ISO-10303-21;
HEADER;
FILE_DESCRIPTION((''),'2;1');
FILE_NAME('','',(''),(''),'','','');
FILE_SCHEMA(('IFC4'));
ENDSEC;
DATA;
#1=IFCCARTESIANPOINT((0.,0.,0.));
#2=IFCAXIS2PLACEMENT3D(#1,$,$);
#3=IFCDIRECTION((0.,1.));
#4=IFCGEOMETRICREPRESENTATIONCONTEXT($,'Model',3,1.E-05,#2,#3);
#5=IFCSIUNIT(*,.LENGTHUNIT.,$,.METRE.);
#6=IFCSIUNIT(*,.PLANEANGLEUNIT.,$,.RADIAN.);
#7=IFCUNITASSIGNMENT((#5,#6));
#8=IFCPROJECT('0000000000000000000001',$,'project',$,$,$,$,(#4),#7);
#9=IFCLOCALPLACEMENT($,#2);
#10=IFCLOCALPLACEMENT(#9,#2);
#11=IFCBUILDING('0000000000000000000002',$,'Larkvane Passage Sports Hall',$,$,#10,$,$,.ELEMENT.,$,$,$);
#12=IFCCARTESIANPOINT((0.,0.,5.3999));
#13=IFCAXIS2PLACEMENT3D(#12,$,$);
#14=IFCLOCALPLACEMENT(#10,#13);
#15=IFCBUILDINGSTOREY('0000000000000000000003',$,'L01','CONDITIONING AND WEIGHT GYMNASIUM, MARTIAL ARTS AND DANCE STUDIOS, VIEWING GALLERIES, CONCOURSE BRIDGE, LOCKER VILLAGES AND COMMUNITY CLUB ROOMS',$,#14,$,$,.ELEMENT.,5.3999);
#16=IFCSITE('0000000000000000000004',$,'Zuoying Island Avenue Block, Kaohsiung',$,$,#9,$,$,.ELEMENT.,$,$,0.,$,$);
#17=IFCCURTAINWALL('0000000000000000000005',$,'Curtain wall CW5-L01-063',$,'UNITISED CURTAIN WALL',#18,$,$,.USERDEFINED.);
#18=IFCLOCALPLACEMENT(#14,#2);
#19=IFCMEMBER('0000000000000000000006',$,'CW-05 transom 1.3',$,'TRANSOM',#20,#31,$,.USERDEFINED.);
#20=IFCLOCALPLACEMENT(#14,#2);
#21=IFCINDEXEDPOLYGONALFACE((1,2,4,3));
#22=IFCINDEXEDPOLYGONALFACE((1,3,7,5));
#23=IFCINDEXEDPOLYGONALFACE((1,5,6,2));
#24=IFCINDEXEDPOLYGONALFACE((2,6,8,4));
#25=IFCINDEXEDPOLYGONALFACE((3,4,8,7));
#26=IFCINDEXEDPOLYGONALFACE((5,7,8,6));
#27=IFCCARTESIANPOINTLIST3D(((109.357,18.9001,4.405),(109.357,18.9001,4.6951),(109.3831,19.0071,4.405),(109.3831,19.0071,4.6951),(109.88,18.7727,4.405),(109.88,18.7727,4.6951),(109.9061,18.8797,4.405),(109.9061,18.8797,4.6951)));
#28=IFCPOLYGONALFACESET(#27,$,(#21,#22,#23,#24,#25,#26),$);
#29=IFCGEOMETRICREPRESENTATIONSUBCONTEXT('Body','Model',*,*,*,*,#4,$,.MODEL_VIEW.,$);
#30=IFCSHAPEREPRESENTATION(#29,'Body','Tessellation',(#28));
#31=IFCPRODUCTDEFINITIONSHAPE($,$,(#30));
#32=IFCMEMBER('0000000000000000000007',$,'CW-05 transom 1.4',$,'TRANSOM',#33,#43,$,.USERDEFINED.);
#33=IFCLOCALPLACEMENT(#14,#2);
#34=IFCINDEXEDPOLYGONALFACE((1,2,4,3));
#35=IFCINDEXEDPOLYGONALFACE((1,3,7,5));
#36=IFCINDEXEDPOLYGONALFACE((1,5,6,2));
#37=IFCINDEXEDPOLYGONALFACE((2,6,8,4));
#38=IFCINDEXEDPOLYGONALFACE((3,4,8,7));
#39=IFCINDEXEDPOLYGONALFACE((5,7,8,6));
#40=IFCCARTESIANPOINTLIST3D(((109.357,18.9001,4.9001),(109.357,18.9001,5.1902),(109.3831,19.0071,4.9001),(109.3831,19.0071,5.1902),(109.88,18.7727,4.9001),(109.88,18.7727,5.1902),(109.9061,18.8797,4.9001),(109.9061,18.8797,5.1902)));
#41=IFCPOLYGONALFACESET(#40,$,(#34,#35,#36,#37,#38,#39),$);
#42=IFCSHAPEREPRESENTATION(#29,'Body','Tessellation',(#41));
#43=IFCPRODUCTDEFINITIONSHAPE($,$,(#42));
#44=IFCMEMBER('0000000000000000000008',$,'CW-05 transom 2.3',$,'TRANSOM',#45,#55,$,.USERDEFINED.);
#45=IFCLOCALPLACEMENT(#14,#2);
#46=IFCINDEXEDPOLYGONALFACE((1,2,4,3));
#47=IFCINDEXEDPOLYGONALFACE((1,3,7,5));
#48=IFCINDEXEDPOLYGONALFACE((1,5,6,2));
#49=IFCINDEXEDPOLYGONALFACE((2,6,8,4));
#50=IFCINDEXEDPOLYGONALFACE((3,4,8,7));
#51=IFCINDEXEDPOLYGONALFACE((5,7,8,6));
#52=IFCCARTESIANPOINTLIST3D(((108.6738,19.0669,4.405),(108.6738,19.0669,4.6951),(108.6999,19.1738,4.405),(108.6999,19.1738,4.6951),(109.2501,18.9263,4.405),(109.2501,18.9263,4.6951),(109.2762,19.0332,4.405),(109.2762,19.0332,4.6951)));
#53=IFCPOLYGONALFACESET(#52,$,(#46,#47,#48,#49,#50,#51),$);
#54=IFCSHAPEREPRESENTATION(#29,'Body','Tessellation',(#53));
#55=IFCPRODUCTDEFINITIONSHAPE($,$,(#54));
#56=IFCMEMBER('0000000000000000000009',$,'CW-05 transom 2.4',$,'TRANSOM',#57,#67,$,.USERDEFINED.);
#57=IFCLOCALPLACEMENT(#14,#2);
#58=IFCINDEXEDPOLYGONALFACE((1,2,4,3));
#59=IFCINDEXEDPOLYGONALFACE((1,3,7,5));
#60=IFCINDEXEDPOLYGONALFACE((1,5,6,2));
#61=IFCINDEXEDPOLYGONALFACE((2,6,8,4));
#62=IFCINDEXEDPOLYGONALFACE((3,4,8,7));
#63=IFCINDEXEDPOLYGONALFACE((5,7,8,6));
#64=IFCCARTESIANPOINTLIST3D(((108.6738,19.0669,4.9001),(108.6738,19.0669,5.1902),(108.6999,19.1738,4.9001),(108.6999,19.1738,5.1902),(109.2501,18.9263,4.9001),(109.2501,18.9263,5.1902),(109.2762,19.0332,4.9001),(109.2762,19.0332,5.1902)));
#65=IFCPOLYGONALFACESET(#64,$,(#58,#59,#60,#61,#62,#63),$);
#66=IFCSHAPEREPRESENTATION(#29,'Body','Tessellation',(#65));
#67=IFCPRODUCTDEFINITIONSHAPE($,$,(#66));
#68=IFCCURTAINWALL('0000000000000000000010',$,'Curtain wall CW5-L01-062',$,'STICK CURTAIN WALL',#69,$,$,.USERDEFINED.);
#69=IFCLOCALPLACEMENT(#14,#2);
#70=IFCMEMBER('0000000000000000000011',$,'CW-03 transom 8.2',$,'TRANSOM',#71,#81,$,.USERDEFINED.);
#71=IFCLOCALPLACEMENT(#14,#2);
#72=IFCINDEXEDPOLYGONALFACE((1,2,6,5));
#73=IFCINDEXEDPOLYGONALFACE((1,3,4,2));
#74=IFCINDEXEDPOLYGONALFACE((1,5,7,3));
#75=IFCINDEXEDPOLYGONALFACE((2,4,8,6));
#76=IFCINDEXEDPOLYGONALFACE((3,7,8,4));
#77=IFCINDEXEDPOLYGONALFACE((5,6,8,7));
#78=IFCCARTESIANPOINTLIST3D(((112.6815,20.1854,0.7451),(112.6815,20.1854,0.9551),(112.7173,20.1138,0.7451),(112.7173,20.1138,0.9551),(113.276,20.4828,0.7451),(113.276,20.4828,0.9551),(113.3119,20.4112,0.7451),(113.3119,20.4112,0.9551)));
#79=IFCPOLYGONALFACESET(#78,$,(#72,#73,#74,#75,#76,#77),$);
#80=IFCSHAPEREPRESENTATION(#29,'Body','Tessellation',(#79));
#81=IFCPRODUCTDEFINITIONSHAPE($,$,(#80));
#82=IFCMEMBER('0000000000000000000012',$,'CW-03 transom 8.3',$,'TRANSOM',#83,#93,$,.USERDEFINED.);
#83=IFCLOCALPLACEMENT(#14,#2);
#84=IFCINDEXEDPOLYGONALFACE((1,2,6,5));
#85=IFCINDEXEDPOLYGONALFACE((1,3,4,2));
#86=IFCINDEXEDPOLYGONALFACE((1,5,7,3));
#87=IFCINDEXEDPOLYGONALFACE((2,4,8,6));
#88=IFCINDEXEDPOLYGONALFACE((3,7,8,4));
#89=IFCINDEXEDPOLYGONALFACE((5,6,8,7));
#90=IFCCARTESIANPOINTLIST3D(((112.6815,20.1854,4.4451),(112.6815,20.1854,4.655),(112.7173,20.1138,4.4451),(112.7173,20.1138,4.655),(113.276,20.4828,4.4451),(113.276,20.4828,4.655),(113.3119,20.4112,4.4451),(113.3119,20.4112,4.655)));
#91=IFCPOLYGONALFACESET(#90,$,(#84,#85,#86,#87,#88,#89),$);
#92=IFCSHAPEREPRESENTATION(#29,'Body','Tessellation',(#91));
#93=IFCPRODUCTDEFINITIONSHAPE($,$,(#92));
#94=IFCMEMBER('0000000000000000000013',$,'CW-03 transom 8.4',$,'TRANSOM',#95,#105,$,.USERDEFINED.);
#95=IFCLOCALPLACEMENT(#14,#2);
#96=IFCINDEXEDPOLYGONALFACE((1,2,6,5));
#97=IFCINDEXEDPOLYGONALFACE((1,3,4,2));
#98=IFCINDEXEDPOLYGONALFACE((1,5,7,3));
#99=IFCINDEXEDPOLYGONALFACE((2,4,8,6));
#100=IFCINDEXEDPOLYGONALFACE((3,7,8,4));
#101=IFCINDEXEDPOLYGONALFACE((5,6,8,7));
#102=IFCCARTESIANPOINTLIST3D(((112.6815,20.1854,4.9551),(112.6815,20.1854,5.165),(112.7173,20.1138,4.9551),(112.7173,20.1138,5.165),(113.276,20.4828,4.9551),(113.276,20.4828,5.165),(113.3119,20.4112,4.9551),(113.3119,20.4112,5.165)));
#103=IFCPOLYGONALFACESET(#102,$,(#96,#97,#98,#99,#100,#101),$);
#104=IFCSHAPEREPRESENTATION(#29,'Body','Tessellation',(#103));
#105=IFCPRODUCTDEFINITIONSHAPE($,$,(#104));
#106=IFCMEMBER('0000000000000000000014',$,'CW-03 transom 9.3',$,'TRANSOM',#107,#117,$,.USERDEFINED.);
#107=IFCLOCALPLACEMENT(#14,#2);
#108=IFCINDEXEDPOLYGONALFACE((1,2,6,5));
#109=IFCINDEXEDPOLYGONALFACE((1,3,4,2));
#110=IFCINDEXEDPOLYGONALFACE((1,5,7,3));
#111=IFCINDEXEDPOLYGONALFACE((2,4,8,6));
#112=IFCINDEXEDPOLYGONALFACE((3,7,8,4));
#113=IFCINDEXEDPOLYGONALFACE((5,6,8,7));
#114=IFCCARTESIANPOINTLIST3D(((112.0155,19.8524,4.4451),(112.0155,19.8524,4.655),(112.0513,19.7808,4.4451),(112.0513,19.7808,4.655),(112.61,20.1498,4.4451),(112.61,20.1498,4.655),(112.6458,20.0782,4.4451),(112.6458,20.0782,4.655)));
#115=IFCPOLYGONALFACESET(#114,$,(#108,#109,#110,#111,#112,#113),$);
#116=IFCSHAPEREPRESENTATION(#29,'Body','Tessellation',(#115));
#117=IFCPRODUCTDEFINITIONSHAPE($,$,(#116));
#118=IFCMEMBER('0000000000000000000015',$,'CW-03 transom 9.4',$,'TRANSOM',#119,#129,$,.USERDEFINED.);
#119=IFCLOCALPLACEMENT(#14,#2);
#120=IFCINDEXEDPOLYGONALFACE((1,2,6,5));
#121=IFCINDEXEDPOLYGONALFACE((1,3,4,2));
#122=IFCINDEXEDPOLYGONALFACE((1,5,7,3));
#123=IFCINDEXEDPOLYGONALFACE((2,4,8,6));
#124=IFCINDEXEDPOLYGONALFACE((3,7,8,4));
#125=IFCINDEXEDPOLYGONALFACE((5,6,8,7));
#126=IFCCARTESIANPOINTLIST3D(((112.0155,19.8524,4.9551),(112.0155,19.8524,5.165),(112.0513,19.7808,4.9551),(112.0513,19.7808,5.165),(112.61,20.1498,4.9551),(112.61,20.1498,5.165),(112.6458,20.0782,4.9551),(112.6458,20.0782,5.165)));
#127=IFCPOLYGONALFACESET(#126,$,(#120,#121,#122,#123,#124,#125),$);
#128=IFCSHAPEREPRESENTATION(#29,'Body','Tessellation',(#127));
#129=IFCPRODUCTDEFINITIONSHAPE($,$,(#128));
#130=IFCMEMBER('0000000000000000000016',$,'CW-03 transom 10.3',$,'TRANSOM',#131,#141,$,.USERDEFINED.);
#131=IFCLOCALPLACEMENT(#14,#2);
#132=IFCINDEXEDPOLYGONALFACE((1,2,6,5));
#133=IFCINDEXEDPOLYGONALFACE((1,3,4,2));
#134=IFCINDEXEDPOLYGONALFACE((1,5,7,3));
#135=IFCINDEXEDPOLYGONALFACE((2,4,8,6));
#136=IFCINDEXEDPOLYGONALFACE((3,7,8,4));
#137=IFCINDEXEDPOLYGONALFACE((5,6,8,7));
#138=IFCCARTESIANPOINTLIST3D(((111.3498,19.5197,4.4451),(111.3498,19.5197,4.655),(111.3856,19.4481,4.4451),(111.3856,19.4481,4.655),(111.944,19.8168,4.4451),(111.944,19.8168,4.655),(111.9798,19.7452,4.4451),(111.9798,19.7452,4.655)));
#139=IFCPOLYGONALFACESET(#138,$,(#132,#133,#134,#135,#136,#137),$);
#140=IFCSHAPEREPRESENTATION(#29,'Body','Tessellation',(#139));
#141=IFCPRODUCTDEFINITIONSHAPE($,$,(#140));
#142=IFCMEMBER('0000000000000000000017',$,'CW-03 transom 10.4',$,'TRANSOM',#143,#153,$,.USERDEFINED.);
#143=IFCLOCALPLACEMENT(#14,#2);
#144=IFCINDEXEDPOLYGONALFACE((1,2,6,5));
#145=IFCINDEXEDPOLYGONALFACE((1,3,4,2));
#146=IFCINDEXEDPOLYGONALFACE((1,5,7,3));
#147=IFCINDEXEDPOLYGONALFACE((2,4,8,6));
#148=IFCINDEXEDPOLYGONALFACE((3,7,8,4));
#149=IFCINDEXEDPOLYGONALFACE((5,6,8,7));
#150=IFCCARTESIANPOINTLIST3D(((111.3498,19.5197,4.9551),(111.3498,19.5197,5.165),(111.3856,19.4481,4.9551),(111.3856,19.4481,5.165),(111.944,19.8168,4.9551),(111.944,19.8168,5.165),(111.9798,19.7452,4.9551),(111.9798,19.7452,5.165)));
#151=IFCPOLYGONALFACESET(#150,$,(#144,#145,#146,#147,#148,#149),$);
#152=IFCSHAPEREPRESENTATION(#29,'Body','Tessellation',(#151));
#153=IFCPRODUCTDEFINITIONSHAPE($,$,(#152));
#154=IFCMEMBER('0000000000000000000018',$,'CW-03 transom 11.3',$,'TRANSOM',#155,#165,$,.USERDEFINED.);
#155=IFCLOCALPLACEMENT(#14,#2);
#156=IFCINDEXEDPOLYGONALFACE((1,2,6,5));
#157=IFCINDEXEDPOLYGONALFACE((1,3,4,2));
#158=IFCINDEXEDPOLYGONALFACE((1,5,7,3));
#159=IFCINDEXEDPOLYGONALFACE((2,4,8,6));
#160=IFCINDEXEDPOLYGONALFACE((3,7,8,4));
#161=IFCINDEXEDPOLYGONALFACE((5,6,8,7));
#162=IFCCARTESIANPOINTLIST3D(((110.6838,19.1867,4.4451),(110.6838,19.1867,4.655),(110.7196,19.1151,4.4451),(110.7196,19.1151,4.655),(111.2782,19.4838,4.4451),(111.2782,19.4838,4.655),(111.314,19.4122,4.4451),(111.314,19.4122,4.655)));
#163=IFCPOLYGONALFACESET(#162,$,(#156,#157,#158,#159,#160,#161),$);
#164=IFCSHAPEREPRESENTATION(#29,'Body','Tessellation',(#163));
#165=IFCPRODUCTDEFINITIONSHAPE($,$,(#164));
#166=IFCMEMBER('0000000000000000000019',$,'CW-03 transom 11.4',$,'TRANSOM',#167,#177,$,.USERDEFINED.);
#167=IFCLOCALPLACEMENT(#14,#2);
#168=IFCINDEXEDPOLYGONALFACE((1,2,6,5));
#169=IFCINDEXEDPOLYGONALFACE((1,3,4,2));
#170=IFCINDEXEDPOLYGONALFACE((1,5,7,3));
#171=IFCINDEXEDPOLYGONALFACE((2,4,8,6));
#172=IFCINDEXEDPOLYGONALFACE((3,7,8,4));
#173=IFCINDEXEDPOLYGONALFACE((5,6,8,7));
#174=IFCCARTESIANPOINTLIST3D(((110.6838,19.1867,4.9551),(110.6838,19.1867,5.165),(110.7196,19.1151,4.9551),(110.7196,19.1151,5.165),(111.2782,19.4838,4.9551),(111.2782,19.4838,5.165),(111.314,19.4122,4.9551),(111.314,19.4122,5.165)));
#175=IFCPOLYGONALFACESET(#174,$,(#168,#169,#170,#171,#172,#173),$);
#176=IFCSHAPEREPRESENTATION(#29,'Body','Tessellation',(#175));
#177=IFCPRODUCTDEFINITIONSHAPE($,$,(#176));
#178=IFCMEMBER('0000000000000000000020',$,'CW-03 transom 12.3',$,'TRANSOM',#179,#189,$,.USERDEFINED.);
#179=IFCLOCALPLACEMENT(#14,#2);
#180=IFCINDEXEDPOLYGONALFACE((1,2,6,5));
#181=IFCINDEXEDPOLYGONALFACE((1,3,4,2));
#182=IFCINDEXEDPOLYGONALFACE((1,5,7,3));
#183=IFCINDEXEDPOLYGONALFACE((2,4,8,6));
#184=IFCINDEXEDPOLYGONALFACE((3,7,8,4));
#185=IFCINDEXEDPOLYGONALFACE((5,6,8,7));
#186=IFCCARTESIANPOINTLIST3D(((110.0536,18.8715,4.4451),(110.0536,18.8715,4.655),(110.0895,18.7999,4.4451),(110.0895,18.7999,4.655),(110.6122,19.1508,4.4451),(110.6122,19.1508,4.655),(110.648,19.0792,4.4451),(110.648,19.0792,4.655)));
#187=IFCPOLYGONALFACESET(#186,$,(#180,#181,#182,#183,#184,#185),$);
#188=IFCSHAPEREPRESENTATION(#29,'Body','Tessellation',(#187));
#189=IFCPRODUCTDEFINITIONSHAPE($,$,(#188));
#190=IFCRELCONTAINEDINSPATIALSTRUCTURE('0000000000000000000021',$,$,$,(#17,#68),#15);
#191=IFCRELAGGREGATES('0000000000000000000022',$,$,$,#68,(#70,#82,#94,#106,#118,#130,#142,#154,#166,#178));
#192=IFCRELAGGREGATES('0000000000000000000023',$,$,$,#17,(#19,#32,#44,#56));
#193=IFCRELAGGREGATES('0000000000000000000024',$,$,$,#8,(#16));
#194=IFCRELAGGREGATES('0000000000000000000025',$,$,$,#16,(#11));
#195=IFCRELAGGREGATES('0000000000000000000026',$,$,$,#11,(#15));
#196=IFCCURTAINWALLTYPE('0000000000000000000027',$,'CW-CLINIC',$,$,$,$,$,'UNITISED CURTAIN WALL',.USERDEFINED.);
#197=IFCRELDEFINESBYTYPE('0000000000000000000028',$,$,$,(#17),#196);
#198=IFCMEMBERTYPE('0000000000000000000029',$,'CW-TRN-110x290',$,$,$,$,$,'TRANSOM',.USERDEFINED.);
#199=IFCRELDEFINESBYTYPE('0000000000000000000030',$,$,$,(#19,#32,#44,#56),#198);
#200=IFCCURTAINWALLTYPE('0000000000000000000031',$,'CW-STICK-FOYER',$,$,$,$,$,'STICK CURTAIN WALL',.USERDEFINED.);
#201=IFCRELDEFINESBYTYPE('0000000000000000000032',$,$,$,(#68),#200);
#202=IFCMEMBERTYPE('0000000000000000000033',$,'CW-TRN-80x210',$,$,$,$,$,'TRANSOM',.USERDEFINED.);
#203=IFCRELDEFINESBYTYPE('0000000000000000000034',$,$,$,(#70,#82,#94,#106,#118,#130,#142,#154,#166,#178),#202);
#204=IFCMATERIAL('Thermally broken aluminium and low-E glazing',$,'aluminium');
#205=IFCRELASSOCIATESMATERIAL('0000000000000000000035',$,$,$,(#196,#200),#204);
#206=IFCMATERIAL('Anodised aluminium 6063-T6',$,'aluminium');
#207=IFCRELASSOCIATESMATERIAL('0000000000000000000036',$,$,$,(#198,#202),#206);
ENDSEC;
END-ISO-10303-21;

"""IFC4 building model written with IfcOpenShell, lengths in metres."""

from ifc_helpers import new_model, si_unit, direction, frame, origin, origin_2d, place, context, subcontext, project, spatial, rectangle, extrude, material, material_profile, profile_set, type_object, element, aggregate, save


model = new_model("IFC4")

# Units and contexts
model_context = context("Model", 3, precision=1e-05, world=origin(), true_north=direction((0.0, 1.0)))
body_context = subcontext(model_context, "Body", "Model", "MODEL_VIEW")
ifc_project = project(units=[si_unit("LENGTHUNIT", "METRE"), si_unit("PLANEANGLEUNIT", "RADIAN")], contexts=[model_context])

# Site, building, storey
site_placement = place(None, origin())
site = spatial("IfcSite", under=ifc_project, at=site_placement, Name="Zuoying Island Avenue Block, Kaohsiung", CompositionType="ELEMENT", RefElevation=0.0)
building_placement = place(site_placement, origin())
building = spatial("IfcBuilding", under=site, at=building_placement, Name="Larkvane Passage Sports Hall", CompositionType="ELEMENT")
storey_placement = place(building_placement, frame((0.0, 0.0, 5.3999)))
storey = spatial("IfcBuildingStorey", under=building, at=storey_placement, Name="L01", Description="CONDITIONING AND WEIGHT GYMNASIUM, MARTIAL ARTS AND DANCE STUDIOS, VIEWING GALLERIES, CONCOURSE BRIDGE, LOCKER VILLAGES AND COMMUNITY CLUB ROOMS", CompositionType="ELEMENT", Elevation=5.3999)

# Curtain wall, members
ifc_material_1 = material(Name="Thermally broken aluminium and low-E glazing", Category="aluminium")
curtain_wall_type_1 = type_object("IfcCurtainWallType", Name="CW-CLINIC", ElementType="UNITISED CURTAIN WALL", PredefinedType="USERDEFINED", material=ifc_material_1)
curtain_wall_1_placement = place(storey_placement, origin())
curtain_wall_1 = element("IfcCurtainWall", 1, at=curtain_wall_1_placement, inside=storey, type_object=curtain_wall_type_1, Name="Curtain wall CW5-L01-063", ObjectType="UNITISED CURTAIN WALL", PredefinedType="USERDEFINED")
ifc_material_2 = material(Name="Anodised aluminium 6063-T6", Category="aluminium")
ifc_material_profile_1 = material_profile(ifc_material_2, rectangle(XDim=0.1101, YDim=0.29, at=origin_2d()), Name="ALU-TRN-110x290")
ifc_profile_set_1 = profile_set([ifc_material_profile_1], Name="Anodised aluminium 6063-T6")
member_type_1 = type_object("IfcMemberType", Name="CW-TRN-110x290", ElementType="TRANSOM", PredefinedType="USERDEFINED", material=ifc_profile_set_1)
member_1_placement = place(storey_placement, frame((109.8931, 18.8262, 4.55), z_axis=(-0.971566, 0.236768, 0.0), x_axis=(-0.236768, -0.971566, 0.0)))
member_1 = element("IfcMember", 2, at=member_1_placement, type_object=member_type_1, Name="CW-05 transom 1.3", ObjectType="TRANSOM", PredefinedType="USERDEFINED", context=body_context, shape_type="SweptSolid", body=[
    extrude(rectangle(XDim=0.1101, YDim=0.29, at=origin_2d()), origin(), (0.0, 0.0, 1.0), 0.5383),
])
member_2_placement = place(storey_placement, frame((109.8931, 18.8262, 5.0452), z_axis=(-0.971566, 0.236768, 0.0), x_axis=(-0.236768, -0.971566, 0.0)))
member_2 = element("IfcMember", 3, at=member_2_placement, type_object=member_type_1, Name="CW-05 transom 1.4", ObjectType="TRANSOM", PredefinedType="USERDEFINED", context=body_context, shape_type="SweptSolid", body=[
    extrude(rectangle(XDim=0.1101, YDim=0.29, at=origin_2d()), origin(), (0.0, 0.0, 1.0), 0.5383),
])
member_3_placement = place(storey_placement, frame((109.2632, 18.9797, 4.55), z_axis=(-0.971506, 0.237013, 0.0), x_axis=(-0.237013, -0.971506, 0.0)))
member_3 = element("IfcMember", 4, at=member_3_placement, type_object=member_type_1, Name="CW-05 transom 2.3", ObjectType="TRANSOM", PredefinedType="USERDEFINED", context=body_context, shape_type="SweptSolid", body=[
    extrude(rectangle(XDim=0.1101, YDim=0.29, at=origin_2d()), origin(), (0.0, 0.0, 1.0), 0.5933),
])
member_4_placement = place(storey_placement, frame((109.2632, 18.9797, 5.0452), z_axis=(-0.971506, 0.237013, 0.0), x_axis=(-0.237013, -0.971506, 0.0)))
member_4 = element("IfcMember", 5, at=member_4_placement, type_object=member_type_1, Name="CW-05 transom 2.4", ObjectType="TRANSOM", PredefinedType="USERDEFINED", context=body_context, shape_type="SweptSolid", body=[
    extrude(rectangle(XDim=0.1101, YDim=0.29, at=origin_2d()), origin(), (0.0, 0.0, 1.0), 0.5933),
])

# Curtain wall, members
curtain_wall_type_2 = type_object("IfcCurtainWallType", Name="CW-STICK-FOYER", ElementType="STICK CURTAIN WALL", PredefinedType="USERDEFINED", material=ifc_material_1)
curtain_wall_2_placement = place(storey_placement, origin())
curtain_wall_2 = element("IfcCurtainWall", 6, at=curtain_wall_2_placement, inside=storey, type_object=curtain_wall_type_2, Name="Curtain wall CW5-L01-062", ObjectType="STICK CURTAIN WALL", PredefinedType="USERDEFINED")
ifc_material_profile_2 = material_profile(ifc_material_2, rectangle(XDim=0.0801, YDim=0.21, at=origin_2d()), Name="ALU-TRN-80x210")
ifc_profile_set_2 = profile_set([ifc_material_profile_2], Name="Anodised aluminium 6063-T6")
member_type_2 = type_object("IfcMemberType", Name="CW-TRN-80x210", ElementType="TRANSOM", PredefinedType="USERDEFINED", material=ifc_profile_set_2)
member_5_placement = place(storey_placement, frame((113.2939, 20.447, 0.8501), z_axis=(-0.894354, -0.447361, 0.0), x_axis=(0.447361, -0.894354, 0.0)))
member_5 = element("IfcMember", 7, at=member_5_placement, type_object=member_type_2, Name="CW-03 transom 8.2", ObjectType="TRANSOM", PredefinedType="USERDEFINED", context=body_context, shape_type="SweptSolid", body=[
    extrude(rectangle(XDim=0.0801, YDim=0.21, at=origin_2d()), origin(), (0.0, 0.0, 1.0), 0.6648),
])
member_6_placement = place(storey_placement, frame((113.2939, 20.447, 4.55), z_axis=(-0.894354, -0.447361, 0.0), x_axis=(0.447361, -0.894354, 0.0)))
member_6 = element("IfcMember", 8, at=member_6_placement, type_object=member_type_2, Name="CW-03 transom 8.3", ObjectType="TRANSOM", PredefinedType="USERDEFINED", context=body_context, shape_type="SweptSolid", body=[
    extrude(rectangle(XDim=0.0801, YDim=0.21, at=origin_2d()), origin(), (0.0, 0.0, 1.0), 0.6648),
])
member_7_placement = place(storey_placement, frame((113.2939, 20.447, 5.0601), z_axis=(-0.894354, -0.447361, 0.0), x_axis=(0.447361, -0.894354, 0.0)))
member_7 = element("IfcMember", 9, at=member_7_placement, type_object=member_type_2, Name="CW-03 transom 8.4", ObjectType="TRANSOM", PredefinedType="USERDEFINED", context=body_context, shape_type="SweptSolid", body=[
    extrude(rectangle(XDim=0.0801, YDim=0.21, at=origin_2d()), origin(), (0.0, 0.0, 1.0), 0.6648),
])
member_8_placement = place(storey_placement, frame((112.6279, 20.114, 4.55), z_axis=(-0.894354, -0.447361, 0.0), x_axis=(0.447361, -0.894354, 0.0)))
member_8 = element("IfcMember", 10, at=member_8_placement, type_object=member_type_2, Name="CW-03 transom 9.3", ObjectType="TRANSOM", PredefinedType="USERDEFINED", context=body_context, shape_type="SweptSolid", body=[
    extrude(rectangle(XDim=0.0801, YDim=0.21, at=origin_2d()), origin(), (0.0, 0.0, 1.0), 0.6648),
])
member_9_placement = place(storey_placement, frame((112.6279, 20.114, 5.0601), z_axis=(-0.894354, -0.447361, 0.0), x_axis=(0.447361, -0.894354, 0.0)))
member_9 = element("IfcMember", 11, at=member_9_placement, type_object=member_type_2, Name="CW-03 transom 9.4", ObjectType="TRANSOM", PredefinedType="USERDEFINED", context=body_context, shape_type="SweptSolid", body=[
    extrude(rectangle(XDim=0.0801, YDim=0.21, at=origin_2d()), origin(), (0.0, 0.0, 1.0), 0.6648),
])
member_10_placement = place(storey_placement, frame((111.9619, 19.781, 4.55), z_axis=(-0.894427, -0.447214, 0.0), x_axis=(0.447214, -0.894427, 0.0)))
member_10 = element("IfcMember", 12, at=member_10_placement, type_object=member_type_2, Name="CW-03 transom 10.3", ObjectType="TRANSOM", PredefinedType="USERDEFINED", context=body_context, shape_type="SweptSolid", body=[
    extrude(rectangle(XDim=0.0801, YDim=0.21, at=origin_2d()), origin(), (0.0, 0.0, 1.0), 0.6643),
])
member_11_placement = place(storey_placement, frame((111.9619, 19.781, 5.0601), z_axis=(-0.894427, -0.447214, 0.0), x_axis=(0.447214, -0.894427, 0.0)))
member_11 = element("IfcMember", 13, at=member_11_placement, type_object=member_type_2, Name="CW-03 transom 10.4", ObjectType="TRANSOM", PredefinedType="USERDEFINED", context=body_context, shape_type="SweptSolid", body=[
    extrude(rectangle(XDim=0.0801, YDim=0.21, at=origin_2d()), origin(), (0.0, 0.0, 1.0), 0.6643),
])
member_12_placement = place(storey_placement, frame((111.2961, 19.448, 4.55), z_axis=(-0.894501, -0.447067, 0.0), x_axis=(0.447067, -0.894501, 0.0)))
member_12 = element("IfcMember", 14, at=member_12_placement, type_object=member_type_2, Name="CW-03 transom 11.3", ObjectType="TRANSOM", PredefinedType="USERDEFINED", context=body_context, shape_type="SweptSolid", body=[
    extrude(rectangle(XDim=0.0801, YDim=0.21, at=origin_2d()), origin(), (0.0, 0.0, 1.0), 0.6646),
])
member_13_placement = place(storey_placement, frame((111.2961, 19.448, 5.0601), z_axis=(-0.894501, -0.447067, 0.0), x_axis=(0.447067, -0.894501, 0.0)))
member_13 = element("IfcMember", 15, at=member_13_placement, type_object=member_type_2, Name="CW-03 transom 11.4", ObjectType="TRANSOM", PredefinedType="USERDEFINED", context=body_context, shape_type="SweptSolid", body=[
    extrude(rectangle(XDim=0.0801, YDim=0.21, at=origin_2d()), origin(), (0.0, 0.0, 1.0), 0.6646),
])
member_14_placement = place(storey_placement, frame((110.6301, 19.115, 4.55), z_axis=(-0.894427, -0.447214, 0.0), x_axis=(0.447214, -0.894427, 0.0)))
member_14 = element("IfcMember", 16, at=member_14_placement, type_object=member_type_2, Name="CW-03 transom 12.3", ObjectType="TRANSOM", PredefinedType="USERDEFINED", context=body_context, shape_type="SweptSolid", body=[
    extrude(rectangle(XDim=0.0801, YDim=0.21, at=origin_2d()), origin(), (0.0, 0.0, 1.0), 0.6245),
])
aggregate(curtain_wall_2, [member_5, member_6, member_7, member_8, member_9, member_10, member_11, member_12, member_13, member_14])

aggregate(curtain_wall_1, [member_1, member_2, member_3, member_4])

save(model, "model.ifc")
